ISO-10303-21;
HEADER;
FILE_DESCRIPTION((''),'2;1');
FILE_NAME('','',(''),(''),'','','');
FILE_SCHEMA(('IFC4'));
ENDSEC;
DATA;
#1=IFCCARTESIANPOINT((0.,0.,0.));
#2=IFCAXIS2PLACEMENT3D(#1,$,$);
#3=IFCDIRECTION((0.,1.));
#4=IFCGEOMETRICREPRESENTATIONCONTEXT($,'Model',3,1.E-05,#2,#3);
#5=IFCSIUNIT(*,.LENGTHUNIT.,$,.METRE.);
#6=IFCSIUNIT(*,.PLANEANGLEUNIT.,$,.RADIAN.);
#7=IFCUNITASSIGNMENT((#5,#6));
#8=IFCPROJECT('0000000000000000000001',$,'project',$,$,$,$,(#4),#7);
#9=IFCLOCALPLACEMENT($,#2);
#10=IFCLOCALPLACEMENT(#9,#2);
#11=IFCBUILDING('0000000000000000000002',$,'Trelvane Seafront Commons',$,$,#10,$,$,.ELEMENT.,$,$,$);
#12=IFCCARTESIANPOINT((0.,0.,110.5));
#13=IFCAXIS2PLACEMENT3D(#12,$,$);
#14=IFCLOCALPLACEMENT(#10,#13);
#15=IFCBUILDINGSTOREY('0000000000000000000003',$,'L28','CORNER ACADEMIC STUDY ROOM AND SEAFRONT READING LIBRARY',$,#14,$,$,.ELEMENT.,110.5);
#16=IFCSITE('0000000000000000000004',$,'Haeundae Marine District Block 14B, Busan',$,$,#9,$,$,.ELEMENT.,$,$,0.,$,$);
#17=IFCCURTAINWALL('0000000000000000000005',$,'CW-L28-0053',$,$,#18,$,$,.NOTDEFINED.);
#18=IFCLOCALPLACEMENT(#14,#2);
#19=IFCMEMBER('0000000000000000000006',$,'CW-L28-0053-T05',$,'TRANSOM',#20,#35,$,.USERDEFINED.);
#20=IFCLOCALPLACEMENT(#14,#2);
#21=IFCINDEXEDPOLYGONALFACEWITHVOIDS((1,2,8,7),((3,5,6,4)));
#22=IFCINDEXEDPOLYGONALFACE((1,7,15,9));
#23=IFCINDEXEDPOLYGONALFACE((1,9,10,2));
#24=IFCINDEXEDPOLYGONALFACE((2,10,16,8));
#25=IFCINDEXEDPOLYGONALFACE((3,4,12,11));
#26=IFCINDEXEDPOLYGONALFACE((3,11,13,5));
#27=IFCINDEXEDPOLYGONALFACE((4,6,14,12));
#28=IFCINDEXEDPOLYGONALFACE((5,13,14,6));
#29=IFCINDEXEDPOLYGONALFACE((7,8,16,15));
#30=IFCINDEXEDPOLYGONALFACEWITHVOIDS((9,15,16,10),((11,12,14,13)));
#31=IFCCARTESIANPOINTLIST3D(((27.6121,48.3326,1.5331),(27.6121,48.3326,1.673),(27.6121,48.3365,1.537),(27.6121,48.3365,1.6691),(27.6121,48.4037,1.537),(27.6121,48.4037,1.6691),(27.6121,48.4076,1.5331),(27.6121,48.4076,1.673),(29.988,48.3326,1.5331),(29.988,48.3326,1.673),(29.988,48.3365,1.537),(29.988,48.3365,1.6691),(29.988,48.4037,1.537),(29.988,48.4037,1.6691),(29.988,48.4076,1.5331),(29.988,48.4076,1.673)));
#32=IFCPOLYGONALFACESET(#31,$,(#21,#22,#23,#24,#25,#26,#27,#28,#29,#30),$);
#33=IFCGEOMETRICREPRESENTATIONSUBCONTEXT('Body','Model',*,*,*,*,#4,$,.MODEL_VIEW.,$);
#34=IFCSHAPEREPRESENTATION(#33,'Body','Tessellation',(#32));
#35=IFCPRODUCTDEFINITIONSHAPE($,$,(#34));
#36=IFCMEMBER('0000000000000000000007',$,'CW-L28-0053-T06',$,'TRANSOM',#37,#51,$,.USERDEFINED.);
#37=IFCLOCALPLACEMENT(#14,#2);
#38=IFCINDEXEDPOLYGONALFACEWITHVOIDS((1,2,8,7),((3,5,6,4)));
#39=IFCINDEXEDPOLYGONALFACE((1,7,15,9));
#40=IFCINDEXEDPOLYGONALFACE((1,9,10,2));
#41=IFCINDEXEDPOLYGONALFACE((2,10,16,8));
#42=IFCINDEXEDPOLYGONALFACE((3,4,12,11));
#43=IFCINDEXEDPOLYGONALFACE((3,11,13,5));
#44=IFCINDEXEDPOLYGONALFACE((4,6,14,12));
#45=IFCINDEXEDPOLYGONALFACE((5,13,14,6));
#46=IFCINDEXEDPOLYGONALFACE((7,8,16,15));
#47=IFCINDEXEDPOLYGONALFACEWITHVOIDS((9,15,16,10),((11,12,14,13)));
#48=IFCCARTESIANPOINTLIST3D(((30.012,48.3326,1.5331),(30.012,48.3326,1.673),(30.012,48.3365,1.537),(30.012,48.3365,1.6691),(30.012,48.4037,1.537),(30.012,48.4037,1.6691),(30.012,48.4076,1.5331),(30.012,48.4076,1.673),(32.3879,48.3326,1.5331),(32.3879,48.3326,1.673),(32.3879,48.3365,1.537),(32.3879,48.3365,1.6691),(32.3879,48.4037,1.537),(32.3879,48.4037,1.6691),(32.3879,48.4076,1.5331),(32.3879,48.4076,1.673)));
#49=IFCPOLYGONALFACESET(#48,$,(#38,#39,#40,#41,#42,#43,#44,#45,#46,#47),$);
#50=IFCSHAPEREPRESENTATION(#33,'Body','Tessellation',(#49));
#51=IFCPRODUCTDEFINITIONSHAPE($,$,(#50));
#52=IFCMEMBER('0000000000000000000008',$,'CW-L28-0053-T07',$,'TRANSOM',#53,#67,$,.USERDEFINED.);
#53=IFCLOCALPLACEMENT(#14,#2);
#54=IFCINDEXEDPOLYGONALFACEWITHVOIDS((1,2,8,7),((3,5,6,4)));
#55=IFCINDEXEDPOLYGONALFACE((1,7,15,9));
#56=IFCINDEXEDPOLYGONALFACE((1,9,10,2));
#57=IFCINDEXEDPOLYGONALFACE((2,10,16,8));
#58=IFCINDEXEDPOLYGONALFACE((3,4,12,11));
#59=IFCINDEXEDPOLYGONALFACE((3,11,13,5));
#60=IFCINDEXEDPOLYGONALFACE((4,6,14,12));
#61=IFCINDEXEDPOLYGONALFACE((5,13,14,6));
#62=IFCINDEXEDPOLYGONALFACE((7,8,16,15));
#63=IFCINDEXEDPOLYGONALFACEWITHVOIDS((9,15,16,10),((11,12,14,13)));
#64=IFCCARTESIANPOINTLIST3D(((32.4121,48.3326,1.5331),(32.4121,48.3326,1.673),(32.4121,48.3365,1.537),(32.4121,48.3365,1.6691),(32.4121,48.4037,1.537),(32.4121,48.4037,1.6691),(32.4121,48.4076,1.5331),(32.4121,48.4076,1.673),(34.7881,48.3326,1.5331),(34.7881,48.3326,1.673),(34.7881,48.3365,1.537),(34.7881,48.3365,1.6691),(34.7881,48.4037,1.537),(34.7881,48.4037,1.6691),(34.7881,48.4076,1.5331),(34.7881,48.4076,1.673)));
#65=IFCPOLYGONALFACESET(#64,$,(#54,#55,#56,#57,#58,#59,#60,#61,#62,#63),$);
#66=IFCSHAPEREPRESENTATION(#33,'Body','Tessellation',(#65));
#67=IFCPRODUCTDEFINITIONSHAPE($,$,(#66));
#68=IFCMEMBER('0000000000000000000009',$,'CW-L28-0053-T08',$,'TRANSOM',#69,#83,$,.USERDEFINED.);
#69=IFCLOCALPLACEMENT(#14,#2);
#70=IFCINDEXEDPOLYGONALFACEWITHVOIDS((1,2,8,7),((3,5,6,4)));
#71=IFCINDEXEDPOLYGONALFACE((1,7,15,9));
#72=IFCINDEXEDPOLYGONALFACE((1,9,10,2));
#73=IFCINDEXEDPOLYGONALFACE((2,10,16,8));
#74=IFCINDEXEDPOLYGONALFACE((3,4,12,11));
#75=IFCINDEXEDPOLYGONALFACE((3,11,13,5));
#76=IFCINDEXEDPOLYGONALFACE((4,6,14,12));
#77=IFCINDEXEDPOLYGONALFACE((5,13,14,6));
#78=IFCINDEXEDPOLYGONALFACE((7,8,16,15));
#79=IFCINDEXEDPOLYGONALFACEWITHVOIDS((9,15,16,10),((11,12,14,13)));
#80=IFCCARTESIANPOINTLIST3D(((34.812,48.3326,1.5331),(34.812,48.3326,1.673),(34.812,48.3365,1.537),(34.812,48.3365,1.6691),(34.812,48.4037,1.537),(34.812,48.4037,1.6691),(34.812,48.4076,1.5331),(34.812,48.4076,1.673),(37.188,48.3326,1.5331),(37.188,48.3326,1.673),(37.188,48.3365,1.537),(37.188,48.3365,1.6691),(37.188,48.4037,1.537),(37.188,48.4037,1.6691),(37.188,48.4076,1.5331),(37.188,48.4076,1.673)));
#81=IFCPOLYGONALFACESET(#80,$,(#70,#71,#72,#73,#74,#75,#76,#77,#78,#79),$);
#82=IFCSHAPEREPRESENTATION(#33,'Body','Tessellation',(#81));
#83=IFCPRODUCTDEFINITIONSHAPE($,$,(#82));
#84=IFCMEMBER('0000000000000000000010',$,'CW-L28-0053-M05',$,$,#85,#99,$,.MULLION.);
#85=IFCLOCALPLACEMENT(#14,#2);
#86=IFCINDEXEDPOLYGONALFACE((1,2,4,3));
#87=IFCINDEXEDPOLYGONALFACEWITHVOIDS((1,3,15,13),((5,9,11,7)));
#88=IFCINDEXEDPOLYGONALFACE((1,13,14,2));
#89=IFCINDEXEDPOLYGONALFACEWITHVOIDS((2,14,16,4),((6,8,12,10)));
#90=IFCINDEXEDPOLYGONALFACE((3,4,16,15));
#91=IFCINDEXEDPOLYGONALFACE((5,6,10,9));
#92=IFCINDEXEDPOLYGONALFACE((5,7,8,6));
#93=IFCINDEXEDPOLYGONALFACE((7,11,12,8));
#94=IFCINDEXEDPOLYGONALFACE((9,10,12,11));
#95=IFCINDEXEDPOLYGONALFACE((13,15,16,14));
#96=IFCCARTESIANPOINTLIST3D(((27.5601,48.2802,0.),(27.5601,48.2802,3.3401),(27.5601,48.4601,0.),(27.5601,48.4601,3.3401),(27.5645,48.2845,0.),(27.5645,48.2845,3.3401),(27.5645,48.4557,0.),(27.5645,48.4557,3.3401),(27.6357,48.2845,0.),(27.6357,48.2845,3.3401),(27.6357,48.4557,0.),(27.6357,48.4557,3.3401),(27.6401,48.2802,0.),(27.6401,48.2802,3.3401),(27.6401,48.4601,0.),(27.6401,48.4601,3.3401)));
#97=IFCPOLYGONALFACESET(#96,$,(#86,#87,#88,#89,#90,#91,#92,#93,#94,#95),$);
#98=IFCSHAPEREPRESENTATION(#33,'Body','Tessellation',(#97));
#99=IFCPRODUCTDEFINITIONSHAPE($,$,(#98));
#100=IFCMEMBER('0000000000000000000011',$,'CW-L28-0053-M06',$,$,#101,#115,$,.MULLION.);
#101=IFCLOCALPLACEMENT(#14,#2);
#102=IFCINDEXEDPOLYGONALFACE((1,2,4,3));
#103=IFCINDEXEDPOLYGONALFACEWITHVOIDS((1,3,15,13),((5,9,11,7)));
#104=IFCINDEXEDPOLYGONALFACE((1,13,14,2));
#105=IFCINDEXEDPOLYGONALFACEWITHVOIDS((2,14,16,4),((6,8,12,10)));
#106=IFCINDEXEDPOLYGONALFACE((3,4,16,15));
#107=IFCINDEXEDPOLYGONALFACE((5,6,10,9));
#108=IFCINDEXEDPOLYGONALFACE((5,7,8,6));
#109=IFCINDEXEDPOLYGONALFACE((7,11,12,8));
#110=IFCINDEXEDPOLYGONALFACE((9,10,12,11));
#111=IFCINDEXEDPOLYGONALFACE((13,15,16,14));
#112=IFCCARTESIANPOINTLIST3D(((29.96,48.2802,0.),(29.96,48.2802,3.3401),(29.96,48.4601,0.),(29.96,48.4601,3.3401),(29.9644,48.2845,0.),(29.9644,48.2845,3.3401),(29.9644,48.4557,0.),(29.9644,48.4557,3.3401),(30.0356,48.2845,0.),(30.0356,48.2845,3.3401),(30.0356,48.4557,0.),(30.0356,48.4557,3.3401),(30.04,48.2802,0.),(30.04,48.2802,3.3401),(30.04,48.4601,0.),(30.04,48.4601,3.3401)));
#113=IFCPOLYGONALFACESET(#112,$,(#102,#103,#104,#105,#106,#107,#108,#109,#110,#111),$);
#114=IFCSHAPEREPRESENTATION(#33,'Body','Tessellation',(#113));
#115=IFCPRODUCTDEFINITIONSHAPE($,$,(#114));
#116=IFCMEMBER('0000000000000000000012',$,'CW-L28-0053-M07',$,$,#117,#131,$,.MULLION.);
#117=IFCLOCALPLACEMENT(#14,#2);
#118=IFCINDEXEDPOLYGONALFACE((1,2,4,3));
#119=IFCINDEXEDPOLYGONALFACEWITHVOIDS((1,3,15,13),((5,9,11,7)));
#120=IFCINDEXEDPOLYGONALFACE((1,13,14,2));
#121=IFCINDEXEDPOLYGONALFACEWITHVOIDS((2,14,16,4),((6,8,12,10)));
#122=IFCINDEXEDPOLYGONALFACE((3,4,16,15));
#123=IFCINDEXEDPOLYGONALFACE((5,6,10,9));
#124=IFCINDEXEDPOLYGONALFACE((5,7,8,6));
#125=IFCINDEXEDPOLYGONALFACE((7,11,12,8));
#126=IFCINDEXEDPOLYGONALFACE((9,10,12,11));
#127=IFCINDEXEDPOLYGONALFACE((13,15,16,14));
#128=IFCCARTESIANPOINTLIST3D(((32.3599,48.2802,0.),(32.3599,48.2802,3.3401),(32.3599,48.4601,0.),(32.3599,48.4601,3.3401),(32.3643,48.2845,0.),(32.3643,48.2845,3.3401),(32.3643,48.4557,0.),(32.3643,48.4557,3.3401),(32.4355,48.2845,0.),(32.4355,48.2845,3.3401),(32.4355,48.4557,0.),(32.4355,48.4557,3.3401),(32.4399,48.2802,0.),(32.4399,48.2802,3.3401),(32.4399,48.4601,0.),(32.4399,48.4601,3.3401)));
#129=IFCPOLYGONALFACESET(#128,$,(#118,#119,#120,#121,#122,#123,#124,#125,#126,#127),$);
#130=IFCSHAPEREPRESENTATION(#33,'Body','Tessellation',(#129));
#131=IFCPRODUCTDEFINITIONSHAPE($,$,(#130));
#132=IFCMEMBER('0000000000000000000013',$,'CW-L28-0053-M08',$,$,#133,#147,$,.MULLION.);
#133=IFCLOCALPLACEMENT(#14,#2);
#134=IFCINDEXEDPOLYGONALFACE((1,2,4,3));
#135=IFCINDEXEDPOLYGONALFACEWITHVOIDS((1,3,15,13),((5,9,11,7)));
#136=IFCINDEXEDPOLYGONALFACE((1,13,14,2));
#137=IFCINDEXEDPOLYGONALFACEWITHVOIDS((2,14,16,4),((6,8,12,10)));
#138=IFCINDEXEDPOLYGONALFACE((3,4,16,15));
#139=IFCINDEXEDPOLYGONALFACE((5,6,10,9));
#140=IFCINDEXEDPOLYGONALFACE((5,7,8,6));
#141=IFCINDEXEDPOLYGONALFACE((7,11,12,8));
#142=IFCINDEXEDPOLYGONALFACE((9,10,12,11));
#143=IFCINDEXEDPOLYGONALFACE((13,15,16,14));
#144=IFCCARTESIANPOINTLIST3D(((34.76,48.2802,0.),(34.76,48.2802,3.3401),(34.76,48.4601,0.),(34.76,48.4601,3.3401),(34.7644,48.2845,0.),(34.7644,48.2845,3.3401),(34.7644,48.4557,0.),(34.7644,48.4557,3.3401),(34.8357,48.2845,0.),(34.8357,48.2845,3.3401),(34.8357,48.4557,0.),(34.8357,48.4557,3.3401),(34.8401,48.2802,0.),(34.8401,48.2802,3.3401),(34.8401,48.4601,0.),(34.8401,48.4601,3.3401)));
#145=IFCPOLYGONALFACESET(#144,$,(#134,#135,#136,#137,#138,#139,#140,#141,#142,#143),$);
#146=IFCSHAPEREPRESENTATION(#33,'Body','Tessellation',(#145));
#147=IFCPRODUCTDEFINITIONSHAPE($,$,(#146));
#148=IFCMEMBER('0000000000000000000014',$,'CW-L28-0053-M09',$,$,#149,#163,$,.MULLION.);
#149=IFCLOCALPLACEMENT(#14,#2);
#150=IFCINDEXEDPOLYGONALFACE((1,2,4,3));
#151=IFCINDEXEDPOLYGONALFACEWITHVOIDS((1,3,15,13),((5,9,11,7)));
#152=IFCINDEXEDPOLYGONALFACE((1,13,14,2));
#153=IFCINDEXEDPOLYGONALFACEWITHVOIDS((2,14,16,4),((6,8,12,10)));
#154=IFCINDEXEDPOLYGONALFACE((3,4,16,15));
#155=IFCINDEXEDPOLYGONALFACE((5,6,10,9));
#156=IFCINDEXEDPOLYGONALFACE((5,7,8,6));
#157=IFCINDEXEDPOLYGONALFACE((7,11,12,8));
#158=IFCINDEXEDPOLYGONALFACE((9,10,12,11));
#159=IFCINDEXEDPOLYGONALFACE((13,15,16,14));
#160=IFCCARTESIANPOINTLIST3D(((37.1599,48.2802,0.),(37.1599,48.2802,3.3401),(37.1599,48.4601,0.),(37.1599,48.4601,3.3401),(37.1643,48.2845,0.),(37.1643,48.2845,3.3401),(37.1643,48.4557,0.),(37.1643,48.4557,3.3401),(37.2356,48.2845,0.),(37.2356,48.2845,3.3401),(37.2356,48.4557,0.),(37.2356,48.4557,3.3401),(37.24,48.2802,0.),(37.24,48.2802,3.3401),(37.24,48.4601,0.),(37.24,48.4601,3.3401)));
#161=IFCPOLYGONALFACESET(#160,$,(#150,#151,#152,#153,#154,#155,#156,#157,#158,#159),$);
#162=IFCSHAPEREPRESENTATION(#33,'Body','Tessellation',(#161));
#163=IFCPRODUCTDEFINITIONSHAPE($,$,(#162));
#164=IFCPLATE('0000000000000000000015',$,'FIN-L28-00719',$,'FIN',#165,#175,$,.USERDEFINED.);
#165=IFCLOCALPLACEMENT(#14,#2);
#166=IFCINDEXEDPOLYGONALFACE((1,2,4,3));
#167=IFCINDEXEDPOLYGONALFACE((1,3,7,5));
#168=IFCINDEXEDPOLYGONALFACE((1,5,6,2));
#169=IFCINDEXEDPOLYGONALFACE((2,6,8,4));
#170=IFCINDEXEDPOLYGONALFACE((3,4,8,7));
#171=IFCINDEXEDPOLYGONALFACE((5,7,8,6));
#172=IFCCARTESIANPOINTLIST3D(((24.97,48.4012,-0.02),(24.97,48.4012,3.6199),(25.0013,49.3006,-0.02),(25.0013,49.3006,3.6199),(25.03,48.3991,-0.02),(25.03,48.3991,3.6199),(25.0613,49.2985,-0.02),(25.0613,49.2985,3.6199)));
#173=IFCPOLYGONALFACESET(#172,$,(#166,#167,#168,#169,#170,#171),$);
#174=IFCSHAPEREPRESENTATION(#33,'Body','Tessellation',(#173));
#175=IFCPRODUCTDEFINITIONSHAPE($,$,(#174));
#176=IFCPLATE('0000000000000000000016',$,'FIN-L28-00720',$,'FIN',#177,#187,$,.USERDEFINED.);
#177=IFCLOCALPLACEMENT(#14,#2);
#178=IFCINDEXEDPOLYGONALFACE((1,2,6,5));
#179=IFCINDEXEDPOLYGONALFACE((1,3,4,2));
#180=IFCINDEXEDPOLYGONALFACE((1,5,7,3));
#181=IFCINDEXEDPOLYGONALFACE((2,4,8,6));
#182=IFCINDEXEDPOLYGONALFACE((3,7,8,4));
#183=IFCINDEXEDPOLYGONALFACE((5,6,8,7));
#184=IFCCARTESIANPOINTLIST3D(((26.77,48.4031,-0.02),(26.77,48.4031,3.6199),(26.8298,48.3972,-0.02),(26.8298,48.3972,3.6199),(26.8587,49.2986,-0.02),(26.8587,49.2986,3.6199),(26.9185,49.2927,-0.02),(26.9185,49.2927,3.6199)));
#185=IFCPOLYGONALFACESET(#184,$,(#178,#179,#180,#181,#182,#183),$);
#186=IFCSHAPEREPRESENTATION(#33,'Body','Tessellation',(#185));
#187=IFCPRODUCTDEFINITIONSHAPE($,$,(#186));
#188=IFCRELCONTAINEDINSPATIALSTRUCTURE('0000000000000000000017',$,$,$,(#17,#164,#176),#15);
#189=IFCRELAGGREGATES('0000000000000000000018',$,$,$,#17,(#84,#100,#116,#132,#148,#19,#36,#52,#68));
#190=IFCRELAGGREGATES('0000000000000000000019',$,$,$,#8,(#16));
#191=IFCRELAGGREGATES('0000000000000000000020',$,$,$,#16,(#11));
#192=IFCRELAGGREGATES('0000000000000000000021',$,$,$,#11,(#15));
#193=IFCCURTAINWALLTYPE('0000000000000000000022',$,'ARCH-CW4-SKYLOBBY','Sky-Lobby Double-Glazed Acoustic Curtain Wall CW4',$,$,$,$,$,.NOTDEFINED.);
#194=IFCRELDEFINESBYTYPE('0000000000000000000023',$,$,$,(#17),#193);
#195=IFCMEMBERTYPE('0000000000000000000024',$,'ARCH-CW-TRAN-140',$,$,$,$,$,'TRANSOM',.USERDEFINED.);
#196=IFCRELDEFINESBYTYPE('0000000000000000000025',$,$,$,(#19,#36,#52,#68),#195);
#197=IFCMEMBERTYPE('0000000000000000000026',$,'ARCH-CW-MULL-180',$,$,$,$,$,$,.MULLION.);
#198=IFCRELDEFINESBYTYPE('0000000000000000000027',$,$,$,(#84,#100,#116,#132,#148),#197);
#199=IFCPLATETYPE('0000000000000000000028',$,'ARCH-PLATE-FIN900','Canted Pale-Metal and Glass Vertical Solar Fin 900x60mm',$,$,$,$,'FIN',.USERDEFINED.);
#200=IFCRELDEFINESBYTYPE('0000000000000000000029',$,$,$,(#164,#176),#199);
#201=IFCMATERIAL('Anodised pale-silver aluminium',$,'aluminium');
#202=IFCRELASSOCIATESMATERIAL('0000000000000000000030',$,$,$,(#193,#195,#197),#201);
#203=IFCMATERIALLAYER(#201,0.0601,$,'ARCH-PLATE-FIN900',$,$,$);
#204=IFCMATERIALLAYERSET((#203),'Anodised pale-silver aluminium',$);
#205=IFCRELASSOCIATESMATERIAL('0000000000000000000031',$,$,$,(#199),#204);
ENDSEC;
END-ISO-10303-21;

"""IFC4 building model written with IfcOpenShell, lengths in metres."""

from ifc_helpers import new_model, si_unit, direction, frame, origin, origin_2d, place, context, subcontext, project, spatial, rectangle, hollow_rectangle, extrude, source, transform, mapped, material, layer, layer_set, material_profile, profile_set, type_object, element, aggregate, save


model = new_model("IFC4")

# Units and contexts
model_context = context("Model", 3, precision=1e-05, world=origin(), true_north=direction((0.0, 1.0)))
body_context = subcontext(model_context, "Body", "Model", "MODEL_VIEW")
ifc_project = project(units=[si_unit("LENGTHUNIT", "METRE"), si_unit("PLANEANGLEUNIT", "RADIAN")], contexts=[model_context])

# Site, building, storey
site_placement = place(None, origin())
site = spatial("IfcSite", under=ifc_project, at=site_placement, Name="Haeundae Marine District Block 14B, Busan", CompositionType="ELEMENT", RefElevation=0.0)
building_placement = place(site_placement, origin())
building = spatial("IfcBuilding", under=site, at=building_placement, Name="Trelvane Seafront Commons", CompositionType="ELEMENT")
storey_placement = place(building_placement, frame((0.0, 0.0, 110.5)))
storey = spatial("IfcBuildingStorey", under=building, at=storey_placement, Name="L28", Description="CORNER ACADEMIC STUDY ROOM AND SEAFRONT READING LIBRARY", CompositionType="ELEMENT", Elevation=110.5)

# Curtain wall, members
ifc_material_1 = material(Name="Anodised pale-silver aluminium", Category="aluminium")
curtain_wall_type = type_object("IfcCurtainWallType", Name="ARCH-CW4-SKYLOBBY", Description="Sky-Lobby Double-Glazed Acoustic Curtain Wall CW4", PredefinedType="NOTDEFINED", material=ifc_material_1)
curtain_wall_placement = place(storey_placement, origin())
curtain_wall = element("IfcCurtainWall", 1, at=curtain_wall_placement, inside=storey, type_object=curtain_wall_type, Name="CW-L28-0053", PredefinedType="NOTDEFINED")
ifc_material_profile_1 = material_profile(ifc_material_1, hollow_rectangle(XDim=0.075, YDim=0.1399, WallThickness=0.0039, at=origin_2d()), Name="TRAN-75x140x4")
ifc_profile_set_1 = profile_set([ifc_material_profile_1], Name="Anodised pale-silver aluminium")
member_type_1 = type_object("IfcMemberType", Name="ARCH-CW-TRAN-140", ElementType="TRANSOM", PredefinedType="USERDEFINED", material=ifc_profile_set_1)
shared_shape_1 = source(origin(), body_context, "Body", "SweptSolid", [
    extrude(hollow_rectangle(XDim=0.075, YDim=0.1399, WallThickness=0.0039, at=origin_2d()), origin(), (0.0, 0.0, 1.0), 2.376),
])
member_1_placement = place(storey_placement, frame((27.6121, 48.3701, 1.603), z_axis=(1.0, 0.0, 0.0), x_axis=(0.0, 1.0, 0.0)))
member_1 = element("IfcMember", 2, at=member_1_placement, type_object=member_type_1, Name="CW-L28-0053-T05", ObjectType="TRANSOM", PredefinedType="USERDEFINED", context=body_context, shape_type="MappedRepresentation", body=[
    mapped(shared_shape_1, transform((0.0, 0.0, 0.0), x_axis=(1.0, 0.0, 0.0), y_axis=(0.0, 1.0, 0.0), z_axis=(0.0, 0.0, 1.0), scale=1.0)),
])
member_2_placement = place(storey_placement, frame((30.012, 48.3701, 1.603), z_axis=(1.0, 0.0, 0.0), x_axis=(0.0, 1.0, 0.0)))
member_2 = element("IfcMember", 3, at=member_2_placement, type_object=member_type_1, Name="CW-L28-0053-T06", ObjectType="TRANSOM", PredefinedType="USERDEFINED", context=body_context, shape_type="MappedRepresentation", body=[
    mapped(shared_shape_1, transform((0.0, 0.0, 0.0), x_axis=(1.0, 0.0, 0.0), y_axis=(0.0, 1.0, 0.0), z_axis=(0.0, 0.0, 1.0), scale=1.0)),
])
member_3_placement = place(storey_placement, frame((32.4121, 48.3701, 1.603), z_axis=(1.0, 0.0, 0.0), x_axis=(0.0, 1.0, 0.0)))
member_3 = element("IfcMember", 4, at=member_3_placement, type_object=member_type_1, Name="CW-L28-0053-T07", ObjectType="TRANSOM", PredefinedType="USERDEFINED", context=body_context, shape_type="MappedRepresentation", body=[
    mapped(shared_shape_1, transform((0.0, 0.0, 0.0), x_axis=(1.0, 0.0, 0.0), y_axis=(0.0, 1.0, 0.0), z_axis=(0.0, 0.0, 1.0), scale=1.0)),
])
member_4_placement = place(storey_placement, frame((34.812, 48.3701, 1.603), z_axis=(1.0, 0.0, 0.0), x_axis=(0.0, 1.0, 0.0)))
member_4 = element("IfcMember", 5, at=member_4_placement, type_object=member_type_1, Name="CW-L28-0053-T08", ObjectType="TRANSOM", PredefinedType="USERDEFINED", context=body_context, shape_type="MappedRepresentation", body=[
    mapped(shared_shape_1, transform((0.0, 0.0, 0.0), x_axis=(1.0, 0.0, 0.0), y_axis=(0.0, 1.0, 0.0), z_axis=(0.0, 0.0, 1.0), scale=1.0)),
])
ifc_material_profile_2 = material_profile(ifc_material_1, hollow_rectangle(XDim=0.0801, YDim=0.1799, WallThickness=0.0044, at=origin_2d()), Name="MULL-80x180x4.5")
ifc_profile_set_2 = profile_set([ifc_material_profile_2], Name="Anodised pale-silver aluminium")
member_type_2 = type_object("IfcMemberType", Name="ARCH-CW-MULL-180", PredefinedType="MULLION", material=ifc_profile_set_2)
shared_shape_2 = source(origin(), body_context, "Body", "SweptSolid", [
    extrude(hollow_rectangle(XDim=0.0801, YDim=0.1799, WallThickness=0.0044, at=origin_2d()), origin(), (0.0, 0.0, 1.0), 3.3401),
])
member_5_placement = place(storey_placement, frame((27.6001, 48.3701, 0.0), z_axis=(0.0, 0.0, 1.0), x_axis=(1.0, 0.0, 0.0)))
member_5 = element("IfcMember", 6, at=member_5_placement, type_object=member_type_2, Name="CW-L28-0053-M05", PredefinedType="MULLION", context=body_context, shape_type="MappedRepresentation", body=[
    mapped(shared_shape_2, transform((0.0, 0.0, 0.0), x_axis=(1.0, 0.0, 0.0), y_axis=(0.0, 1.0, 0.0), z_axis=(0.0, 0.0, 1.0), scale=1.0)),
])
member_6_placement = place(storey_placement, frame((30.0, 48.3701, 0.0), z_axis=(0.0, 0.0, 1.0), x_axis=(1.0, 0.0, 0.0)))
member_6 = element("IfcMember", 7, at=member_6_placement, type_object=member_type_2, Name="CW-L28-0053-M06", PredefinedType="MULLION", context=body_context, shape_type="MappedRepresentation", body=[
    mapped(shared_shape_2, transform((0.0, 0.0, 0.0), x_axis=(1.0, 0.0, 0.0), y_axis=(0.0, 1.0, 0.0), z_axis=(0.0, 0.0, 1.0), scale=1.0)),
])
member_7_placement = place(storey_placement, frame((32.3999, 48.3701, 0.0), z_axis=(0.0, 0.0, 1.0), x_axis=(1.0, 0.0, 0.0)))
member_7 = element("IfcMember", 8, at=member_7_placement, type_object=member_type_2, Name="CW-L28-0053-M07", PredefinedType="MULLION", context=body_context, shape_type="MappedRepresentation", body=[
    mapped(shared_shape_2, transform((0.0, 0.0, 0.0), x_axis=(1.0, 0.0, 0.0), y_axis=(0.0, 1.0, 0.0), z_axis=(0.0, 0.0, 1.0), scale=1.0)),
])
member_8_placement = place(storey_placement, frame((34.8, 48.3701, 0.0), z_axis=(0.0, 0.0, 1.0), x_axis=(1.0, 0.0, 0.0)))
member_8 = element("IfcMember", 9, at=member_8_placement, type_object=member_type_2, Name="CW-L28-0053-M08", PredefinedType="MULLION", context=body_context, shape_type="MappedRepresentation", body=[
    mapped(shared_shape_2, transform((0.0, 0.0, 0.0), x_axis=(1.0, 0.0, 0.0), y_axis=(0.0, 1.0, 0.0), z_axis=(0.0, 0.0, 1.0), scale=1.0)),
])
member_9_placement = place(storey_placement, frame((37.2, 48.3701, 0.0), z_axis=(0.0, 0.0, 1.0), x_axis=(1.0, 0.0, 0.0)))
member_9 = element("IfcMember", 10, at=member_9_placement, type_object=member_type_2, Name="CW-L28-0053-M09", PredefinedType="MULLION", context=body_context, shape_type="MappedRepresentation", body=[
    mapped(shared_shape_2, transform((0.0, 0.0, 0.0), x_axis=(1.0, 0.0, 0.0), y_axis=(0.0, 1.0, 0.0), z_axis=(0.0, 0.0, 1.0), scale=1.0)),
])

# Plates
ifc_layer_1 = layer(ifc_material_1, 0.0601, Name="ARCH-PLATE-FIN900")
ifc_layer_set_1 = layer_set([ifc_layer_1], Name="Anodised pale-silver aluminium")
plate_type_1 = type_object("IfcPlateType", Name="ARCH-PLATE-FIN900", Description="Canted Pale-Metal and Glass Vertical Solar Fin 900x60mm", ElementType="FIN", PredefinedType="USERDEFINED", material=ifc_layer_set_1)
shared_shape_3 = source(origin(), body_context, "Body", "SweptSolid", [
    extrude(rectangle(XDim=0.8999, YDim=0.0601, at=origin_2d()), origin(), (0.0, 0.0, 1.0), 3.6399),
])
for number, where, z_axis, x_axis, name in (
    (11, (25.0156, 48.8499, -0.02), (0.0, 0.0, 1.0), (0.034776, 0.999395, 0.0), "FIN-L28-00719"),
    (12, (26.8442, 48.8479, -0.02), (0.0, 0.0, 1.0), (0.098557, 0.995131, 0.0), "FIN-L28-00720"),
):
    element("IfcPlate", number, at=place(storey_placement, frame(where, z_axis=z_axis, x_axis=x_axis)), inside=storey, type_object=plate_type_1, Name=name, ObjectType="FIN", PredefinedType="USERDEFINED", context=body_context, shape_type="MappedRepresentation", body=[
        mapped(shared_shape_3, transform((0.0, 0.0, 0.0), x_axis=(1.0, 0.0, 0.0), y_axis=(0.0, 1.0, 0.0), z_axis=(0.0, 0.0, 1.0), scale=1.0)),
    ])

aggregate(curtain_wall, [member_5, member_6, member_7, member_8, member_9, member_1, member_2, member_3, member_4])

save(model, "model.ifc")
